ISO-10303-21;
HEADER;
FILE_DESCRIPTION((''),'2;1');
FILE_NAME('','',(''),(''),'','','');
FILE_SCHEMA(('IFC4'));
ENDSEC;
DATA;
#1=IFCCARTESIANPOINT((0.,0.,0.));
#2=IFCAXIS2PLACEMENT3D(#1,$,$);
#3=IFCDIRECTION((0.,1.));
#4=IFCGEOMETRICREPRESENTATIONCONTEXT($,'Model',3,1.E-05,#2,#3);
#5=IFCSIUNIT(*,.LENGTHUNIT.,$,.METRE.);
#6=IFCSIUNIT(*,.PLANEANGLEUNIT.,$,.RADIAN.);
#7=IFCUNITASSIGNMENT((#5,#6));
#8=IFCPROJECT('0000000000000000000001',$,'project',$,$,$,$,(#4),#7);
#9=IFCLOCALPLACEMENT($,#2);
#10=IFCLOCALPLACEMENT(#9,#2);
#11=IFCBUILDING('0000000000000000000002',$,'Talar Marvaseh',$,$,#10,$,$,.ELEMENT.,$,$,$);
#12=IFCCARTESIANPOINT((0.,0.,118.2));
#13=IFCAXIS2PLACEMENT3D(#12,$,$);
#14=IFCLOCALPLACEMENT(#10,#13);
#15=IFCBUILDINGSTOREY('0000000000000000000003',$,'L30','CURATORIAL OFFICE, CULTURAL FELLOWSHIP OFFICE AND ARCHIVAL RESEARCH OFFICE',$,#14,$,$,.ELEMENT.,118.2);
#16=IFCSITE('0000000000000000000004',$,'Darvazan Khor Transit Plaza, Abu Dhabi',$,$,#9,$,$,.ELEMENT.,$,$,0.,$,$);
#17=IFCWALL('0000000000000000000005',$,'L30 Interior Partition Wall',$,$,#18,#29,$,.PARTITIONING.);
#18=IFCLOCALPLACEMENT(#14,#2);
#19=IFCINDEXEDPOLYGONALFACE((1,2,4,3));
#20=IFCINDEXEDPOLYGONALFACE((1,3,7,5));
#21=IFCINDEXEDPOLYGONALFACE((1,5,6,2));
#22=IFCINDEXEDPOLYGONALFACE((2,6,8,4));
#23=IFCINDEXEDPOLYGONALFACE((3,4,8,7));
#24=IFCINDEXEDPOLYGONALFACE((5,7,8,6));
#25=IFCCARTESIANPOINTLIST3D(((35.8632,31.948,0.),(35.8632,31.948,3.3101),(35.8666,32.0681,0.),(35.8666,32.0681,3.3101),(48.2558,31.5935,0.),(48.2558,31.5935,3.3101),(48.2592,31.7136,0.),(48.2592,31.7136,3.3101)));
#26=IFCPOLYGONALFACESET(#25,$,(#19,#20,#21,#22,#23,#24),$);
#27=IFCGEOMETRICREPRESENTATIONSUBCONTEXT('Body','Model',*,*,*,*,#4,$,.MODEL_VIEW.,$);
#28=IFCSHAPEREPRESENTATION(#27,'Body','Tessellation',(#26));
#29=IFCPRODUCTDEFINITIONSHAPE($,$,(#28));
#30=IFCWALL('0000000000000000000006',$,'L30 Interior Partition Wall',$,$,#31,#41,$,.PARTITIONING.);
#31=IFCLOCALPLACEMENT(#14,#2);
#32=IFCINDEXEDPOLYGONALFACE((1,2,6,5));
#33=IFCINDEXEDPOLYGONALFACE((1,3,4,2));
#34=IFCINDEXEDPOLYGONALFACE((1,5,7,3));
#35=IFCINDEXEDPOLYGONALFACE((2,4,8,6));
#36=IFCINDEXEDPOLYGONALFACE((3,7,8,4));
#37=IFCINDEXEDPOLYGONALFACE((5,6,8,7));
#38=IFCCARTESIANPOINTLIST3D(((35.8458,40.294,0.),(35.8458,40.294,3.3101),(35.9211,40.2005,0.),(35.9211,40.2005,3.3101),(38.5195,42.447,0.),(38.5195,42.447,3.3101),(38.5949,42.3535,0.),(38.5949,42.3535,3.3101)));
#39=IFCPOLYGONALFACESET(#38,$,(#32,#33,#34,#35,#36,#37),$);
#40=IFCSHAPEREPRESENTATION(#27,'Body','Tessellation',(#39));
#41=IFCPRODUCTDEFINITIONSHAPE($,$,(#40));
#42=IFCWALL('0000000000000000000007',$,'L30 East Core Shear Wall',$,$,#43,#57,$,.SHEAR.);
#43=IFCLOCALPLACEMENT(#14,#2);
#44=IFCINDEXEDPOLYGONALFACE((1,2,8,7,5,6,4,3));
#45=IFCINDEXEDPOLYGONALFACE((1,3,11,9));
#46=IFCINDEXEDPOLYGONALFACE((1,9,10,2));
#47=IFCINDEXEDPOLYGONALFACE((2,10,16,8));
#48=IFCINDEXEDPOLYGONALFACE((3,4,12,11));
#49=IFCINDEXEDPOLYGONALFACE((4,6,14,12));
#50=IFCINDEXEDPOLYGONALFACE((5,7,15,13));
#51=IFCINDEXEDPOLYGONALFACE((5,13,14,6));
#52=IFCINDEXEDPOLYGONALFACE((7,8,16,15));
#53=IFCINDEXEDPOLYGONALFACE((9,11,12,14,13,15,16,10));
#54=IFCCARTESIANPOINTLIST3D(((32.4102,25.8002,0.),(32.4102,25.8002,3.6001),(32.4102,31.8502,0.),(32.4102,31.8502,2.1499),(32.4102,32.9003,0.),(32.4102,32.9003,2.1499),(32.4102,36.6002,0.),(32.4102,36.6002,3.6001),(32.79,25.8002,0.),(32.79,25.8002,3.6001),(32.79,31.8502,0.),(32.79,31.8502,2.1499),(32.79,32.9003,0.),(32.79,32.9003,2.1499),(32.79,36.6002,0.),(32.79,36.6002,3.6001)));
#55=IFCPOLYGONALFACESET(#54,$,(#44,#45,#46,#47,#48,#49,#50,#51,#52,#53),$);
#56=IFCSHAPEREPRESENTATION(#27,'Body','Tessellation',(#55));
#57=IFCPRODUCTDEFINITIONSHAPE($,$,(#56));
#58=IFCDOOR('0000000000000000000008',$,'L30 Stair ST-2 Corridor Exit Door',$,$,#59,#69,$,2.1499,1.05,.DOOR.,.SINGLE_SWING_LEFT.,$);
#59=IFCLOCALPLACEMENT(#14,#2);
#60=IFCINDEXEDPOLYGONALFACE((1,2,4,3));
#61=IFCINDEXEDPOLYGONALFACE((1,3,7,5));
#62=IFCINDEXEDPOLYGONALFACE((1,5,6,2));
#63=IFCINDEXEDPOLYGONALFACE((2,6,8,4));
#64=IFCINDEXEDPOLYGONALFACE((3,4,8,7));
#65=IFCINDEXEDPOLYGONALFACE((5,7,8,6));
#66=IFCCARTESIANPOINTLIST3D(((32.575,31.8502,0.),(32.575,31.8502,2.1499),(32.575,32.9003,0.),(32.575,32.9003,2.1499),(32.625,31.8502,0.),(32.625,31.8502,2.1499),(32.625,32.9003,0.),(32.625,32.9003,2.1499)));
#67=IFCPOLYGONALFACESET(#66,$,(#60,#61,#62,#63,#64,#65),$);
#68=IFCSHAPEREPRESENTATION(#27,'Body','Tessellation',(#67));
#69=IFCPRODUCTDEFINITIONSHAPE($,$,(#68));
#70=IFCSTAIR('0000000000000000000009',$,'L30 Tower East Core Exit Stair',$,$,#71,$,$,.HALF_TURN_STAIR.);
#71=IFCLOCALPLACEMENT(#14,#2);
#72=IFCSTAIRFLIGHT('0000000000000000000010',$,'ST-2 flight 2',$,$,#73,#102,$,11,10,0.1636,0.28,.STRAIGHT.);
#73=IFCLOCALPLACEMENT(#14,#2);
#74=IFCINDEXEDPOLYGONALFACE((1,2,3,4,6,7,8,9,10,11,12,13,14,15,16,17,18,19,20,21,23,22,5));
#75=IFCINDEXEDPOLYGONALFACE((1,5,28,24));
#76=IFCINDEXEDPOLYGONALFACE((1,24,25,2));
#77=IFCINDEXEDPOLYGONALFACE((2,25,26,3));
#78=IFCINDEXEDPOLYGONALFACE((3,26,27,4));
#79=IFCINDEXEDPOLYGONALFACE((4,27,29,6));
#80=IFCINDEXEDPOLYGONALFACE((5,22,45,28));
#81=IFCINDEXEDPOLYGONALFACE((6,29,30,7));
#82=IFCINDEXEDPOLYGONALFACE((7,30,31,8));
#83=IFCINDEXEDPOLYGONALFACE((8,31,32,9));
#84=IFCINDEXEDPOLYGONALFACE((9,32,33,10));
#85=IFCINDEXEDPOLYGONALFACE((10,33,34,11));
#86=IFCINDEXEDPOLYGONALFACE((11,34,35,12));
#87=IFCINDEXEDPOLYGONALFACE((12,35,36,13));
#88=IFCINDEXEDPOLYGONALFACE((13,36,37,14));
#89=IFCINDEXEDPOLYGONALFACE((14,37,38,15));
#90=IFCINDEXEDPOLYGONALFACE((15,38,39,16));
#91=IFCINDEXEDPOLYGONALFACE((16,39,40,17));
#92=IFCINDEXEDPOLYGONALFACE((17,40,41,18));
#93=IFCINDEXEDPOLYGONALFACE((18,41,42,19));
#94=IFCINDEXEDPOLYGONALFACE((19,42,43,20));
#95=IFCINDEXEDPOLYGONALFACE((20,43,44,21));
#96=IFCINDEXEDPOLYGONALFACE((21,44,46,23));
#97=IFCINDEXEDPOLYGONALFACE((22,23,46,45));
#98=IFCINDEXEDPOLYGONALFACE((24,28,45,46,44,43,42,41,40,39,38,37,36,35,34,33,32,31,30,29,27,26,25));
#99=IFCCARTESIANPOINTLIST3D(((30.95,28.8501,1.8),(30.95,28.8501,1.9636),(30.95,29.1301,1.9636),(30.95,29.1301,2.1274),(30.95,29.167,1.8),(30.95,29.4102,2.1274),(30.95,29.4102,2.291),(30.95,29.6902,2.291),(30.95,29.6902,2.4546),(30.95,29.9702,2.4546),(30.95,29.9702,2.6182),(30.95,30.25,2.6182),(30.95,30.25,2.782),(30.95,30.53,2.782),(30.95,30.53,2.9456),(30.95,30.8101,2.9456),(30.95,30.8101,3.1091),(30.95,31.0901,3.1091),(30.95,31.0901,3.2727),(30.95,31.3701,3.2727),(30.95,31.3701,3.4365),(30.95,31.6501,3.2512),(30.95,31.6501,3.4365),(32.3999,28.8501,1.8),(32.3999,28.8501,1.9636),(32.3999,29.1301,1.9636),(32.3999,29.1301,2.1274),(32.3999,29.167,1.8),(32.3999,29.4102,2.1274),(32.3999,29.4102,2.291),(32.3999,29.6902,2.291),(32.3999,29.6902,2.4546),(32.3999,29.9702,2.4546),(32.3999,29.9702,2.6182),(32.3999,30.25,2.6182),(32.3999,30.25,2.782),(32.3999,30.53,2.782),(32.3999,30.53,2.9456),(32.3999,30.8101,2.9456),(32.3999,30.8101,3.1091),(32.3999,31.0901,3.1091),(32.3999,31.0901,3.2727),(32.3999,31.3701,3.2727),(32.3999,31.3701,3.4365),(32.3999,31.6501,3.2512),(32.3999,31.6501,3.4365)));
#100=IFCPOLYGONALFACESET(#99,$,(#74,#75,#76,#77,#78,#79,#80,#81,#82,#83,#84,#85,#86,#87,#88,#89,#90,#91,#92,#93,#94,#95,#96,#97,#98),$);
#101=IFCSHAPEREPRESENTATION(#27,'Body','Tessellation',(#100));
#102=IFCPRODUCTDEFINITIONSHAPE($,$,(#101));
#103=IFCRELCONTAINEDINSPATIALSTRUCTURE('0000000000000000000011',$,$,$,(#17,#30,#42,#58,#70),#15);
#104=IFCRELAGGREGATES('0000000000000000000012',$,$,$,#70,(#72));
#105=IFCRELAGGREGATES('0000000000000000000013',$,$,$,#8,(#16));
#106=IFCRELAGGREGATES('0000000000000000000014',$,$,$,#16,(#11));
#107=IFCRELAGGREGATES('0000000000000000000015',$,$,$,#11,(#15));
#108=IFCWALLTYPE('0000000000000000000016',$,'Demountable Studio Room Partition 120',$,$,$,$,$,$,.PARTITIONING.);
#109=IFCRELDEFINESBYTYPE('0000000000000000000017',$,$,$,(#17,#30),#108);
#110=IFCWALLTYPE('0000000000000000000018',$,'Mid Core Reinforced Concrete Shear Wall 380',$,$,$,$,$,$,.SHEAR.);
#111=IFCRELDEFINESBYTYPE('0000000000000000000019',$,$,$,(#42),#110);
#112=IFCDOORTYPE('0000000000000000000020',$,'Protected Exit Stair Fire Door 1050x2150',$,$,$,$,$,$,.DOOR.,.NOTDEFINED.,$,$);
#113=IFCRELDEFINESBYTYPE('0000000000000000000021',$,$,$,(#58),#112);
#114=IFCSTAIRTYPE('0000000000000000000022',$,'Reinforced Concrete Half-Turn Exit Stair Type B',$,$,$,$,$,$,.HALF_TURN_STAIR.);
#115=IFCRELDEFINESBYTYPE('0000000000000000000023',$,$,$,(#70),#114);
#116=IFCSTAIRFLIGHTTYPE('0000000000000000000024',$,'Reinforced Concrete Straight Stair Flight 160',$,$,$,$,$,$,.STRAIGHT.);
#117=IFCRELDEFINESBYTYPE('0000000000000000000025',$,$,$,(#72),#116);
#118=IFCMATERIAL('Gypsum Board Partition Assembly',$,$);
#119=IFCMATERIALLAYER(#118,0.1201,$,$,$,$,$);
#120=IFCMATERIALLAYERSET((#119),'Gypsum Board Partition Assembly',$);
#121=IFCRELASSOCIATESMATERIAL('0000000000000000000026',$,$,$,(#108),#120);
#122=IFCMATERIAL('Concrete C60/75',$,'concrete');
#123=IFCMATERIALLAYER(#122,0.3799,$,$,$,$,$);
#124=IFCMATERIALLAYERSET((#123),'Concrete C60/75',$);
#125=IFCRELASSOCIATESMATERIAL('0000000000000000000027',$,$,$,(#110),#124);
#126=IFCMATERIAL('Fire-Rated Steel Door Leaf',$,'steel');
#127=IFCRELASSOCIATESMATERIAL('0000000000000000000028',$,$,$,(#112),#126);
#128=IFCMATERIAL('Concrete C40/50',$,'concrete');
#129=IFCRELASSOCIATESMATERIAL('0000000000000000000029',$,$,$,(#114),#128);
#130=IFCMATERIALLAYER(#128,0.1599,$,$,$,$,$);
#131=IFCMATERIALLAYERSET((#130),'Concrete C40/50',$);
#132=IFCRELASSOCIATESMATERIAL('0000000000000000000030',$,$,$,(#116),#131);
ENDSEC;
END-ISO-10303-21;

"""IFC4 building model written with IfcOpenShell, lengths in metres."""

from ifc_helpers import new_model, si_unit, direction, frame, frame_2d, origin, place, context, subcontext, project, spatial, polyline, rectangle, outline, extrude, source, transform, mapped, material, layer, layer_set, type_object, type_shapes, element, fill, aggregate, save


model = new_model("IFC4")

# Units and contexts
model_context = context("Model", 3, precision=1e-05, world=origin(), true_north=direction((0.0, 1.0)))
body_context = subcontext(model_context, "Body", "Model", "MODEL_VIEW")
ifc_project = project(units=[si_unit("LENGTHUNIT", "METRE"), si_unit("PLANEANGLEUNIT", "RADIAN")], contexts=[model_context])

# Site, building, storey
site_placement = place(None, origin())
site = spatial("IfcSite", under=ifc_project, at=site_placement, Name="Darvazan Khor Transit Plaza, Abu Dhabi", CompositionType="ELEMENT", RefElevation=0.0)
building_placement = place(site_placement, origin())
building = spatial("IfcBuilding", under=site, at=building_placement, Name="Talar Marvaseh", CompositionType="ELEMENT")
storey_placement = place(building_placement, frame((0.0, 0.0, 118.2)))
storey = spatial("IfcBuildingStorey", under=building, at=storey_placement, Name="L30", Description="CURATORIAL OFFICE, CULTURAL FELLOWSHIP OFFICE AND ARCHIVAL RESEARCH OFFICE", CompositionType="ELEMENT", Elevation=118.2)

# Shared definitions
ifc_material_1 = material(Name="Concrete C60/75", Category="concrete")

# Shared definitions
ifc_material_2 = material(Name="Gypsum Board Partition Assembly")

# Walls
ifc_layer_1 = layer(ifc_material_2, 0.1201)
ifc_layer_set_1 = layer_set([ifc_layer_1], Name="Gypsum Board Partition Assembly")
wall_type_1 = type_object("IfcWallType", Name="Demountable Studio Room Partition 120", PredefinedType="PARTITIONING", material=ifc_layer_set_1)
wall_1_placement = place(storey_placement, frame((35.865, 32.0081, 0.0), z_axis=(0.0, 0.0, 1.0), x_axis=(0.999591, -0.028594, 0.0)))
element("IfcWall", 1, at=wall_1_placement, inside=storey, type_object=wall_type_1, Name="L30 Interior Partition Wall", PredefinedType="PARTITIONING", context=body_context, shape_type="SweptSolid", body=[
    extrude(rectangle(XDim=12.3977, YDim=0.1201, at=frame_2d((6.1987, 0.0))), origin(), (0.0, 0.0, 1.0), 3.3101),
])
wall_2_placement = place(storey_placement, frame((35.8835, 40.2473, 0.0), z_axis=(0.0, 0.0, 1.0), x_axis=(0.778874, 0.627181, 0.0)))
element("IfcWall", 2, at=wall_2_placement, inside=storey, type_object=wall_type_1, Name="L30 Interior Partition Wall", PredefinedType="PARTITIONING", context=body_context, shape_type="SweptSolid", body=[
    extrude(rectangle(XDim=3.4329, YDim=0.1201, at=frame_2d((1.7163, 0.0))), origin(), (0.0, 0.0, 1.0), 3.3101),
])

# Wall, opening, door
ifc_layer_2 = layer(ifc_material_1, 0.3799)
ifc_layer_set_2 = layer_set([ifc_layer_2], Name="Concrete C60/75")
wall_type_2 = type_object("IfcWallType", Name="Mid Core Reinforced Concrete Shear Wall 380", PredefinedType="SHEAR", material=ifc_layer_set_2)
wall_3_placement = place(storey_placement, frame((32.6001, 36.6001, 0.0), z_axis=(0.0, 0.0, 1.0), x_axis=(0.0, -1.0, 0.0)))
wall_3 = element("IfcWall", 3, at=wall_3_placement, inside=storey, type_object=wall_type_2, Name="L30 East Core Shear Wall", PredefinedType="SHEAR", context=body_context, shape_type="SweptSolid", body=[
    extrude(rectangle(XDim=10.8, YDim=0.3799, at=frame_2d((5.3999, 0.0))), origin(), (0.0, 0.0, 1.0), 3.6001),
])
opening_1_placement = place(wall_3_placement, frame((3.7, 0.0, 0.0)))
opening_1 = element("IfcOpeningElement", 4, at=opening_1_placement, cuts=wall_3, PredefinedType="OPENING", context=body_context, shape_type="SweptSolid", body=[
    extrude(rectangle(XDim=1.05, YDim=2.1499, at=frame_2d((0.5249, 1.075))), frame((0.0, 0.2, 0.0), z_axis=(0.0, -1.0, 0.0), x_axis=(1.0, 0.0, 0.0)), (0.0, 0.0, 1.0), 0.3999),
])
ifc_material_3 = material(Name="Fire-Rated Steel Door Leaf", Category="steel")
door_type_1 = type_object("IfcDoorType", Name="Protected Exit Stair Fire Door 1050x2150", OperationType="NOTDEFINED", PredefinedType="DOOR", material=ifc_material_3)
shared_shape_1 = source(origin(), body_context, "Body", "SweptSolid", [
    extrude(rectangle(XDim=1.05, YDim=2.1499, at=frame_2d((0.5249, 1.075))), frame((0.0, 0.0249, 0.0), z_axis=(0.0, -1.0, 0.0), x_axis=(1.0, 0.0, 0.0)), (0.0, 0.0, 1.0), 0.05),
])
type_shapes(door_type_1, [shared_shape_1])
door_1_placement = place(opening_1_placement, origin())
door_1 = element("IfcDoor", 5, at=door_1_placement, inside=storey, type_object=door_type_1, Name="L30 Stair ST-2 Corridor Exit Door", OperationType="SINGLE_SWING_LEFT", OverallHeight=2.1499, OverallWidth=1.05, PredefinedType="DOOR", context=body_context, shape_type="MappedRepresentation", body=[
    mapped(shared_shape_1, transform((0.0, 0.0, 0.0), x_axis=(1.0, 0.0, 0.0), y_axis=(0.0, 1.0, 0.0), z_axis=(0.0, 0.0, 1.0), scale=1.0)),
])
fill(opening_1, door_1)

# Stair, stair flight
ifc_material_4 = material(Name="Concrete C40/50", Category="concrete")
stair_type = type_object("IfcStairType", Name="Reinforced Concrete Half-Turn Exit Stair Type B", PredefinedType="HALF_TURN_STAIR", material=ifc_material_4)
stair_placement = place(storey_placement, origin())
stair = element("IfcStair", 6, at=stair_placement, inside=storey, type_object=stair_type, Name="L30 Tower East Core Exit Stair", PredefinedType="HALF_TURN_STAIR")
ifc_layer_3 = layer(ifc_material_4, 0.1599)
ifc_layer_set_3 = layer_set([ifc_layer_3], Name="Concrete C40/50")
stair_flight_type = type_object("IfcStairFlightType", Name="Reinforced Concrete Straight Stair Flight 160", PredefinedType="STRAIGHT", material=ifc_layer_set_3)
stair_flight_placement = place(storey_placement, frame((31.675, 28.8501, 1.8), z_axis=(0.0, 0.0, 1.0), x_axis=(0.0, 1.0, 0.0)))
stair_flight = element("IfcStairFlight", 7, at=stair_flight_placement, type_object=stair_flight_type, Name="ST-2 flight 2", NumberOfRisers=11, NumberOfTreads=10, PredefinedType="STRAIGHT", RiserHeight=0.1636, TreadLength=0.28, context=body_context, shape_type="SweptSolid", body=[
    extrude(outline(polyline([(0.0, 0.0), (0.0, 0.1636), (0.28, 0.1636), (0.28, 0.3274), (0.5601, 0.3274), (0.5601, 0.491), (0.8401, 0.491), (0.8401, 0.6545), (1.1201, 0.6545), (1.1201, 0.8181), (1.3999, 0.8181), (1.3999, 0.9819), (1.6799, 0.9819), (1.6799, 1.1455), (1.96, 1.1455), (1.96, 1.3091), (2.24, 1.3091), (2.24, 1.4727), (2.52, 1.4727), (2.52, 1.6365), (2.8, 1.6365), (2.8, 1.8), (2.8, 1.4512), (0.3169, 0.0), (0.0, 0.0)])), frame((0.0, 0.7251, 0.0), z_axis=(0.0, -1.0, 0.0), x_axis=(1.0, 0.0, 0.0)), (0.0, 0.0, 1.0), 1.45),
])
aggregate(stair, [stair_flight])

save(model, "model.ifc")
